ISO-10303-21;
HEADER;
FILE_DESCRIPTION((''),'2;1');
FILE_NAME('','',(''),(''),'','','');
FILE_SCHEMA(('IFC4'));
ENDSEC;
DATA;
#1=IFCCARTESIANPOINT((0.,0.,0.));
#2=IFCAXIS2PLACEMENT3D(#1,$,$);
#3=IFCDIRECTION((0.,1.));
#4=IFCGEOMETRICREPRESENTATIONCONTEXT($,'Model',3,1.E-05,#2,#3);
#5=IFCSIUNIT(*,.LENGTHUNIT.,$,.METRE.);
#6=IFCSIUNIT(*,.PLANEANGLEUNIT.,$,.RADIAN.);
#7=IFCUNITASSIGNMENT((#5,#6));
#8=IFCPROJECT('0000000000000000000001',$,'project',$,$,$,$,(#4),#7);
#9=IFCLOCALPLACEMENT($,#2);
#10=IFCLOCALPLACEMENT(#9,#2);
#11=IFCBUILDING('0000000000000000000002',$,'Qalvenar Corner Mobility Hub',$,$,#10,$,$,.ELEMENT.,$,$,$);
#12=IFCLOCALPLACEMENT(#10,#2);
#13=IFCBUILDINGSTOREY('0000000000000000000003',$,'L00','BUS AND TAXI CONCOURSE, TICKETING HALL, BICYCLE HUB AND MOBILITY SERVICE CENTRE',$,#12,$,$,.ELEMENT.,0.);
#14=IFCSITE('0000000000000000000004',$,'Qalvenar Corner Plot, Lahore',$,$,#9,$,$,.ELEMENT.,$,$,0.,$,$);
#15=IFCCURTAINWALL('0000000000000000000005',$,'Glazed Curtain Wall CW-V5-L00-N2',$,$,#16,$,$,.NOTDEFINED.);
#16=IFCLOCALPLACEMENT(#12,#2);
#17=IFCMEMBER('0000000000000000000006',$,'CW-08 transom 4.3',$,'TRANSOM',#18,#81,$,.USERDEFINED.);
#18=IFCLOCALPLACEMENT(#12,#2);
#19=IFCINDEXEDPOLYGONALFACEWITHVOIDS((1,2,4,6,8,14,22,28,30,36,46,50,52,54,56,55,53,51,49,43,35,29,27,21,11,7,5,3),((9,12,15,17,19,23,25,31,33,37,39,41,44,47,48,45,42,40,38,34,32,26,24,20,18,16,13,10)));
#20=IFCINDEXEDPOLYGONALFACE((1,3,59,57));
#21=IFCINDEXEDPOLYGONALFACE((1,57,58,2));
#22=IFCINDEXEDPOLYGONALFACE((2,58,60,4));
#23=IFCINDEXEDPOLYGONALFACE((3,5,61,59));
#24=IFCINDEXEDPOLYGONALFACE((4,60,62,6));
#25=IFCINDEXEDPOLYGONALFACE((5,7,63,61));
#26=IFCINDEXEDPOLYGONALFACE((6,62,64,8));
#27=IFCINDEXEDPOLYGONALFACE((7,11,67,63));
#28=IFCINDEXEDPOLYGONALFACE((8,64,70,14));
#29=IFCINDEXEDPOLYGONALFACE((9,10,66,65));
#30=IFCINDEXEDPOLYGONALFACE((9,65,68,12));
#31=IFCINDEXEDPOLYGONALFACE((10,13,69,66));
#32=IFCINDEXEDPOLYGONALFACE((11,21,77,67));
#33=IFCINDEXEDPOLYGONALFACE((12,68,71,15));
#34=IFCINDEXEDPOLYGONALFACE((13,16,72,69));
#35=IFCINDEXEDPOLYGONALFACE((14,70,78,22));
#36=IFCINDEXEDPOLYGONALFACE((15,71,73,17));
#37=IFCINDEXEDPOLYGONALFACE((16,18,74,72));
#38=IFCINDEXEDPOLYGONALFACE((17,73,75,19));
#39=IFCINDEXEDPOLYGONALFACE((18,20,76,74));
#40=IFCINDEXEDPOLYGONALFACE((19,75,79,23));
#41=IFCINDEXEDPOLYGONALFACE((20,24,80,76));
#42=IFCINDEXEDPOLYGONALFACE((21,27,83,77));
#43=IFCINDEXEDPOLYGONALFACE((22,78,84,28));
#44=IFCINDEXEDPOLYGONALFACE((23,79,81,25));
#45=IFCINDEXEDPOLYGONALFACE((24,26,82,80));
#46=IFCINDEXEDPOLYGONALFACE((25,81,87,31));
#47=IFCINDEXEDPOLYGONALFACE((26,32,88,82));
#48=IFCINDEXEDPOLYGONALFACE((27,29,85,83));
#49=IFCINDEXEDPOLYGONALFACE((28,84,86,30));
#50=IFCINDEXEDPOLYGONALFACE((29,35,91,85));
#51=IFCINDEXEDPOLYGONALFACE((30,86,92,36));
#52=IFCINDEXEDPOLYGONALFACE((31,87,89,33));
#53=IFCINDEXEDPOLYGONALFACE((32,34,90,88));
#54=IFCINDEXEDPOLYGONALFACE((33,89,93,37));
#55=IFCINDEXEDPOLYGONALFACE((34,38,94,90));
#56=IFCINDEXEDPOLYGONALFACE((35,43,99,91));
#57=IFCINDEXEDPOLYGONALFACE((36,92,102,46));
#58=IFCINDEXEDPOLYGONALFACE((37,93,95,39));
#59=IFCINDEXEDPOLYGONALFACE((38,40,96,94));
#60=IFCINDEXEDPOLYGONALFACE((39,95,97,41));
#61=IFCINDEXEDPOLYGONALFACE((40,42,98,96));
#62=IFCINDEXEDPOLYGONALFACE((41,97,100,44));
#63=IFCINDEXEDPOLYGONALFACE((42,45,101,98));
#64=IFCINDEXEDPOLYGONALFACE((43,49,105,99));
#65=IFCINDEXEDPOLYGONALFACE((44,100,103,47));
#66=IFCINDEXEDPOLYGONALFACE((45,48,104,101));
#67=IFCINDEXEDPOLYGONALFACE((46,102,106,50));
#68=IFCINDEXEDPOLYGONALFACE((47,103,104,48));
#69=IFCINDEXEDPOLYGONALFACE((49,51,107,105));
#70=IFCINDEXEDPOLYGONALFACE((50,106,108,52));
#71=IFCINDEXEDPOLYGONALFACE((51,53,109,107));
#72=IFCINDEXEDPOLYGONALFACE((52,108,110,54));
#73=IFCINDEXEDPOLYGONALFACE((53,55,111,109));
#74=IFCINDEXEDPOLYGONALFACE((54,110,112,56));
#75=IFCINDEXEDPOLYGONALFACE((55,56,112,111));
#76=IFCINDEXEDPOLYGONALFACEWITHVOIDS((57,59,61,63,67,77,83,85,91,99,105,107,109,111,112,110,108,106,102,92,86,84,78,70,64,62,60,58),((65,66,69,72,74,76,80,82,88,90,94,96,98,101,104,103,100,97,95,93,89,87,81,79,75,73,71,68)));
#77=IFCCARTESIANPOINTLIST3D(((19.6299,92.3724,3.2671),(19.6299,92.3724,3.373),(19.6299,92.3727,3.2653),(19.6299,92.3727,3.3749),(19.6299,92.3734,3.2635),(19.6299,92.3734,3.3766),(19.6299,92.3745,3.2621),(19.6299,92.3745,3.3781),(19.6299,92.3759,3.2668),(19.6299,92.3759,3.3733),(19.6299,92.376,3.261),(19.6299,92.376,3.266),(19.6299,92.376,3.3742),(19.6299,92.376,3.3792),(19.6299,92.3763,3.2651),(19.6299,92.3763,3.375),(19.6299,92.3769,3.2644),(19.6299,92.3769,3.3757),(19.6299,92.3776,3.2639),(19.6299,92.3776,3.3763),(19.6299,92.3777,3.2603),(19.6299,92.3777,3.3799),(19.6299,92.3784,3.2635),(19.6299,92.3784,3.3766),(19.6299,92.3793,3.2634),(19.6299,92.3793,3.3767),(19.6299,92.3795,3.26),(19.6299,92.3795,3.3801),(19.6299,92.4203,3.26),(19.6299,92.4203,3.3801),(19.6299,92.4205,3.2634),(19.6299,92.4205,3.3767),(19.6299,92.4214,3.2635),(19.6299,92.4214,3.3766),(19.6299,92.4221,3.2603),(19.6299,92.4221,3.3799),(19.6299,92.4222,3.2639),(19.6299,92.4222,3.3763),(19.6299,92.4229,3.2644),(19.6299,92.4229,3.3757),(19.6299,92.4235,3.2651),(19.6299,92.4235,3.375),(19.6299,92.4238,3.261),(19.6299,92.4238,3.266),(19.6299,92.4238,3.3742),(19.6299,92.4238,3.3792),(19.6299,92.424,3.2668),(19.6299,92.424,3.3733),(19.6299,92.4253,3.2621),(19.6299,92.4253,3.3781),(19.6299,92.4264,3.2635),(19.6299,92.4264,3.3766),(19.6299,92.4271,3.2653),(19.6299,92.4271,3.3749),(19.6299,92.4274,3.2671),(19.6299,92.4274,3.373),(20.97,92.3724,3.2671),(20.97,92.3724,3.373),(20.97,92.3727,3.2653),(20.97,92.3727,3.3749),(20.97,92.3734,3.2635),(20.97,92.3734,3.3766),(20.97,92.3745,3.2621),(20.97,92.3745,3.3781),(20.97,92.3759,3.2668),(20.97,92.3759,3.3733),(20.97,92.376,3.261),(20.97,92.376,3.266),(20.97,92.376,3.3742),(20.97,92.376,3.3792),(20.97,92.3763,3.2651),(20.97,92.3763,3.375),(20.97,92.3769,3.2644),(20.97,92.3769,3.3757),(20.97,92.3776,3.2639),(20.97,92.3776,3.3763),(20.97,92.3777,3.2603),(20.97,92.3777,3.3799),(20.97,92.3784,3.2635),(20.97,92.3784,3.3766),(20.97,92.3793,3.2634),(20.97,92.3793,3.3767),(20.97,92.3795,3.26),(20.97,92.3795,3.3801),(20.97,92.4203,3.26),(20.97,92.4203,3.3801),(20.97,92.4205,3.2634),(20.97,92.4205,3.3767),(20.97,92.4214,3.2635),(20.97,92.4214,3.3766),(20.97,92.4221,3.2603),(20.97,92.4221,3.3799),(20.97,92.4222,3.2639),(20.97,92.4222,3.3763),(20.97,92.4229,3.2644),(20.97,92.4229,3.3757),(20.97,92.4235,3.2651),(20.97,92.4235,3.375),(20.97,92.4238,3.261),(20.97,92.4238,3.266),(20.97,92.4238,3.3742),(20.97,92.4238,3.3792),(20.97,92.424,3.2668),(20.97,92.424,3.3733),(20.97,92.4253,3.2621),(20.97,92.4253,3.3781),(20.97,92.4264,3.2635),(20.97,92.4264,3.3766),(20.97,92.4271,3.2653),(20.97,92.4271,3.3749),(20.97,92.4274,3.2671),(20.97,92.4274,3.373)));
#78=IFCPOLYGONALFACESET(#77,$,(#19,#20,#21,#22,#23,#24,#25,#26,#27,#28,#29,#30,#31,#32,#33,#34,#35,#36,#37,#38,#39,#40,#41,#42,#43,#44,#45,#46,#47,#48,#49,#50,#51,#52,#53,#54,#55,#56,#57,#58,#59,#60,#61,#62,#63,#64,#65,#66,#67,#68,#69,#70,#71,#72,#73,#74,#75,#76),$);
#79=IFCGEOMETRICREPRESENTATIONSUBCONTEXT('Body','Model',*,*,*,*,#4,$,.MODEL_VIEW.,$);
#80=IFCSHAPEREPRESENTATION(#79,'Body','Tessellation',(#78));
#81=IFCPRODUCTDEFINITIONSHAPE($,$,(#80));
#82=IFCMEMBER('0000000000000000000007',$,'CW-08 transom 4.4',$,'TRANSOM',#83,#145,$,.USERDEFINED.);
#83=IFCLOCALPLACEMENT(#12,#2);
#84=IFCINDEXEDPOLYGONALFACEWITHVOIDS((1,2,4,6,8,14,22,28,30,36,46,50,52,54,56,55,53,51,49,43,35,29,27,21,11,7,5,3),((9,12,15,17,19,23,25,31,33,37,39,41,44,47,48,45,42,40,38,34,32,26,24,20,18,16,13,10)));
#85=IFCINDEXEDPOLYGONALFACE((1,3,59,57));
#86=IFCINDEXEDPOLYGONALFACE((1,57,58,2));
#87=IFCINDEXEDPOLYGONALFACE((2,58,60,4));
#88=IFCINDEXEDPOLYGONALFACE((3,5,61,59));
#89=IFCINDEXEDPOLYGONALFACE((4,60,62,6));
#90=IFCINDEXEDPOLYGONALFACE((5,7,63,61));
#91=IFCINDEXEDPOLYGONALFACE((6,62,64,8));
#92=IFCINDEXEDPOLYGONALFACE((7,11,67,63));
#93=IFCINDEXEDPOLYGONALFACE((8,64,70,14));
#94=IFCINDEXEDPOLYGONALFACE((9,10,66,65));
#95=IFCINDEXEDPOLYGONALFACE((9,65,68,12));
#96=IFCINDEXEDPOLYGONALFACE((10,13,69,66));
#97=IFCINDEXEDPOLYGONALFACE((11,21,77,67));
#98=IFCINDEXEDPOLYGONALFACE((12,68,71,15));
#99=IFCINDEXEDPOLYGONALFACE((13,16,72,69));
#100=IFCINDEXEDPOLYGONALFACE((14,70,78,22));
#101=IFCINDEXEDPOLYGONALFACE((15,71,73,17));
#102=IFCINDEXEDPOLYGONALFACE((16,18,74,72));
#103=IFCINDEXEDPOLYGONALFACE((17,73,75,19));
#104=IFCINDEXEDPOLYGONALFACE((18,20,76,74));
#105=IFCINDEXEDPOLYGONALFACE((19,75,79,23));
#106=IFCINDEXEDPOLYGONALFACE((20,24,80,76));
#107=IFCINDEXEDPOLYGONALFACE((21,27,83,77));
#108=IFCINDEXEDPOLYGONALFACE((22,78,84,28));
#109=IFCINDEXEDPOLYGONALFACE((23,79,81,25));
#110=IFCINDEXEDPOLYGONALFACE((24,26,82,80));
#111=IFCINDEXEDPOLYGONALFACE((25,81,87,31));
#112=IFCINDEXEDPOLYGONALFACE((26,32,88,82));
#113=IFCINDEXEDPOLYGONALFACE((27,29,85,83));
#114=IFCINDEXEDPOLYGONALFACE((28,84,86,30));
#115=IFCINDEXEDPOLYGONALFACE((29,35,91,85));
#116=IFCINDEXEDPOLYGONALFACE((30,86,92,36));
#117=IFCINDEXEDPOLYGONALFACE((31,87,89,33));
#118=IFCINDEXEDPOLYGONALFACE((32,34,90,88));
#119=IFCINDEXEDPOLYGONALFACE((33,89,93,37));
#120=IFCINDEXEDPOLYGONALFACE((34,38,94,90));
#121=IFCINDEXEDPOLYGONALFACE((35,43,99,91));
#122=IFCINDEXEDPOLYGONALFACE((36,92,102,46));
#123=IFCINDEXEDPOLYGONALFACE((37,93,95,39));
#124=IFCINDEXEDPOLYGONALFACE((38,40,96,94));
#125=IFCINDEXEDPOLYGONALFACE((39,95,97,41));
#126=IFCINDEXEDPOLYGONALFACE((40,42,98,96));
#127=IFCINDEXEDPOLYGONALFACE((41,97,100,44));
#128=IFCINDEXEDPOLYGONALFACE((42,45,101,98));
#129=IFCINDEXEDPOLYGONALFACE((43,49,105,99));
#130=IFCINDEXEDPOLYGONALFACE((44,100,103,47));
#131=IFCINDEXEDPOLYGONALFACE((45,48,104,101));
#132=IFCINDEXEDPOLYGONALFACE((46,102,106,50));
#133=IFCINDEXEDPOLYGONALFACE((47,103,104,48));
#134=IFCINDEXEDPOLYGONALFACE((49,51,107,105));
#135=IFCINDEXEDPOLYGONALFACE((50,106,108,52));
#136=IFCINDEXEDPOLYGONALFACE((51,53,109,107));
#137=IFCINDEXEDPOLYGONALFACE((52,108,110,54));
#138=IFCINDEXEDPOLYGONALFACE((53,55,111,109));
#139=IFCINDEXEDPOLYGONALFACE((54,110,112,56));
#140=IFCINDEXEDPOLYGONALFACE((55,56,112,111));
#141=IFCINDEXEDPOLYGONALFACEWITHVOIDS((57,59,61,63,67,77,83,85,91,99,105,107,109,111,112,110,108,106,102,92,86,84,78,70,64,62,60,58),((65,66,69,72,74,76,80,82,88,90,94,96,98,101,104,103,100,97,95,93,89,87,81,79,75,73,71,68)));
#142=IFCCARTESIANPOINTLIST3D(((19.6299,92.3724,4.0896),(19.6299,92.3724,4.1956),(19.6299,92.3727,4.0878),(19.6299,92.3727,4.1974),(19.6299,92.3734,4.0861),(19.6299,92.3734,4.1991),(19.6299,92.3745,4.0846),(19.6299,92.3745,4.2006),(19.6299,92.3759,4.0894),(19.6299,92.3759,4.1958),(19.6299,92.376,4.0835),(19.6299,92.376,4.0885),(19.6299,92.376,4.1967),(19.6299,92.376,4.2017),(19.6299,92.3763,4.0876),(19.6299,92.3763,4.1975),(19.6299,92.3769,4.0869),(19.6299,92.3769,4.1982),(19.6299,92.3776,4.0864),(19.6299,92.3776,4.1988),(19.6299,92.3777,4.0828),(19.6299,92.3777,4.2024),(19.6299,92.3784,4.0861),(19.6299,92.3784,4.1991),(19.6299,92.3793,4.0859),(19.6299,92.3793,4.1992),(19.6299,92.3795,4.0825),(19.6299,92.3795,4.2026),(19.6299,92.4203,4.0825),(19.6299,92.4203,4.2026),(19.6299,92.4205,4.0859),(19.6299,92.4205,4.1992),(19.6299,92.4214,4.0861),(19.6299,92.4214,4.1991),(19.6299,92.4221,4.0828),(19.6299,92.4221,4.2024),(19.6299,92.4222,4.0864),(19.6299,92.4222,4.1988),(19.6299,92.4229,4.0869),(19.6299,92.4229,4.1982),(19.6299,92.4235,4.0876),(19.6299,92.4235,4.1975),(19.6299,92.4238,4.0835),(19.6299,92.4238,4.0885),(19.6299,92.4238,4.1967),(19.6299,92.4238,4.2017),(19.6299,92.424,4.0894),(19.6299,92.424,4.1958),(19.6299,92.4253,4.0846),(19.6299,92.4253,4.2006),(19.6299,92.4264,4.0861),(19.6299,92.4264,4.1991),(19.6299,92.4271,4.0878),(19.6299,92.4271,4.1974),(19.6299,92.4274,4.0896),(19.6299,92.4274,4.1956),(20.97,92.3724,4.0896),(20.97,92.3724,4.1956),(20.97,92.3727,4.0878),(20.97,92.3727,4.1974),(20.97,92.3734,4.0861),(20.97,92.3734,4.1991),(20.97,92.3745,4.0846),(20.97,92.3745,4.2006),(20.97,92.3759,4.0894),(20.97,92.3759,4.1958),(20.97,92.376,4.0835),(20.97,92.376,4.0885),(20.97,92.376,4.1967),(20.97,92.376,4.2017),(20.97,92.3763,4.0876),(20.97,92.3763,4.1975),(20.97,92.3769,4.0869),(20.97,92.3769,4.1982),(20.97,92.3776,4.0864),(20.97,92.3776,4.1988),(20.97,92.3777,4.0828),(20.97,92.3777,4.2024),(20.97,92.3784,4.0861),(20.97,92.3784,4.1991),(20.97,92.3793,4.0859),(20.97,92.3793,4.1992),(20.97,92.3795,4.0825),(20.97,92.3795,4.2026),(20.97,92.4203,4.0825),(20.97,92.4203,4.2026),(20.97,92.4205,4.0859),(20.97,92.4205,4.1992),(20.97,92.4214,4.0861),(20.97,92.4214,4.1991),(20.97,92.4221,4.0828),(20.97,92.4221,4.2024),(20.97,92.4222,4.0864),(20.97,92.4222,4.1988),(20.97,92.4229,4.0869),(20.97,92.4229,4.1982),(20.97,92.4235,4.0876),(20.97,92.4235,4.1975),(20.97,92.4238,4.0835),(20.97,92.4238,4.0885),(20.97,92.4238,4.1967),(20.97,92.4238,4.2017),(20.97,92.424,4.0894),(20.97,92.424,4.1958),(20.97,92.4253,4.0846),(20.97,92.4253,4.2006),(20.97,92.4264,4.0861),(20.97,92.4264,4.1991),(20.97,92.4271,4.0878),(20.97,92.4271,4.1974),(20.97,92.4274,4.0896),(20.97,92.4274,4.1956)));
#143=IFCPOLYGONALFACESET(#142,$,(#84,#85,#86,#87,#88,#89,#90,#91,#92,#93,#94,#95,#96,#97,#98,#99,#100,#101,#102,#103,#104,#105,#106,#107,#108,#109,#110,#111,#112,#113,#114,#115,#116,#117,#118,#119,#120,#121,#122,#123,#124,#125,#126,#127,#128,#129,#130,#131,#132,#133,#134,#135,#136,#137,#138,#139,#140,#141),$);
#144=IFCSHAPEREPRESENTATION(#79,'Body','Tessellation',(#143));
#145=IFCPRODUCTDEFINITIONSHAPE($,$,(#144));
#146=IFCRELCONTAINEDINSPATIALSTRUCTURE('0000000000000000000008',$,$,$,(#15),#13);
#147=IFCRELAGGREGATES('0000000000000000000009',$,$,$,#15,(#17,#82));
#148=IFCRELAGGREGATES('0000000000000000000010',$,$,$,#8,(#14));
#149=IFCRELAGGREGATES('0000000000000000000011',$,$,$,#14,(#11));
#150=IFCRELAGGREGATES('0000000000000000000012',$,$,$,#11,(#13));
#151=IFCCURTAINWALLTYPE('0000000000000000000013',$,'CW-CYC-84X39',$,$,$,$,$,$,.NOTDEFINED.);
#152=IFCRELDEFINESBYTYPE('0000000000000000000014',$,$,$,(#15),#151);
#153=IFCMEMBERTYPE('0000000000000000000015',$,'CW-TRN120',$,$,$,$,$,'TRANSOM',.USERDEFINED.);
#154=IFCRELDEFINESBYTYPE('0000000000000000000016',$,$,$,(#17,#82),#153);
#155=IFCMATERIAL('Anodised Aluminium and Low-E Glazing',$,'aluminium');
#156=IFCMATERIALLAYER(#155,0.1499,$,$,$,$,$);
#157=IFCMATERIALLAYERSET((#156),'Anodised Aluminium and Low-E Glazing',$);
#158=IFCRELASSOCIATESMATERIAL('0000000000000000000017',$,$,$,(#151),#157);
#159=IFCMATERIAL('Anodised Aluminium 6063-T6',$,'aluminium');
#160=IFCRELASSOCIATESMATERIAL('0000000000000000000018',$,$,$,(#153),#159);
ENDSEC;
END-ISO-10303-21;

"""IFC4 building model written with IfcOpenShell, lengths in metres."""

from ifc_helpers import new_model, si_unit, direction, frame, origin, origin_2d, place, context, subcontext, project, spatial, hollow_rectangle, extrude, material, layer, layer_set, material_profile, profile_set, type_object, element, aggregate, save


model = new_model("IFC4")

# Units and contexts
model_context = context("Model", 3, precision=1e-05, world=origin(), true_north=direction((0.0, 1.0)))
body_context = subcontext(model_context, "Body", "Model", "MODEL_VIEW")
ifc_project = project(units=[si_unit("LENGTHUNIT", "METRE"), si_unit("PLANEANGLEUNIT", "RADIAN")], contexts=[model_context])

# Site, building, storey
site_placement = place(None, origin())
site = spatial("IfcSite", under=ifc_project, at=site_placement, Name="Qalvenar Corner Plot, Lahore", CompositionType="ELEMENT", RefElevation=0.0)
building_placement = place(site_placement, origin())
building = spatial("IfcBuilding", under=site, at=building_placement, Name="Qalvenar Corner Mobility Hub", CompositionType="ELEMENT")
storey_placement = place(building_placement, origin())
storey = spatial("IfcBuildingStorey", under=building, at=storey_placement, Name="L00", Description="BUS AND TAXI CONCOURSE, TICKETING HALL, BICYCLE HUB AND MOBILITY SERVICE CENTRE", CompositionType="ELEMENT", Elevation=0.0)

# Curtain wall, members
ifc_material_1 = material(Name="Anodised Aluminium and Low-E Glazing", Category="aluminium")
ifc_layer_1 = layer(ifc_material_1, 0.1499)
ifc_layer_set_1 = layer_set([ifc_layer_1], Name="Anodised Aluminium and Low-E Glazing")
curtain_wall_type = type_object("IfcCurtainWallType", Name="CW-CYC-84X39", PredefinedType="NOTDEFINED", material=ifc_layer_set_1)
curtain_wall_placement = place(storey_placement, origin())
curtain_wall = element("IfcCurtainWall", 1, at=curtain_wall_placement, inside=storey, type_object=curtain_wall_type, Name="Glazed Curtain Wall CW-V5-L00-N2", PredefinedType="NOTDEFINED")
ifc_material_2 = material(Name="Anodised Aluminium 6063-T6", Category="aluminium")
ifc_material_profile_1 = material_profile(ifc_material_2, hollow_rectangle(XDim=0.0549, YDim=0.1201, WallThickness=0.0034, InnerFilletRadius=0.0034, OuterFilletRadius=0.0071, at=origin_2d()), Name="RHS120x55x3.5")
ifc_profile_set_1 = profile_set([ifc_material_profile_1], Name="Anodised Aluminium 6063-T6")
member_type_1 = type_object("IfcMemberType", Name="CW-TRN120", ElementType="TRANSOM", PredefinedType="USERDEFINED", material=ifc_profile_set_1)
member_1_placement = place(storey_placement, frame((20.97, 92.3999, 3.3201), z_axis=(-1.0, 0.0, 0.0), x_axis=(0.0, -1.0, 0.0)))
member_1 = element("IfcMember", 2, at=member_1_placement, type_object=member_type_1, Name="CW-08 transom 4.3", ObjectType="TRANSOM", PredefinedType="USERDEFINED", context=body_context, shape_type="SweptSolid", body=[
    extrude(hollow_rectangle(XDim=0.0549, YDim=0.1201, WallThickness=0.0034, InnerFilletRadius=0.0034, OuterFilletRadius=0.0071, at=origin_2d()), origin(), (0.0, 0.0, 1.0), 1.3401),
])
member_2_placement = place(storey_placement, frame((20.97, 92.3999, 4.1426), z_axis=(-1.0, 0.0, 0.0), x_axis=(0.0, -1.0, 0.0)))
member_2 = element("IfcMember", 3, at=member_2_placement, type_object=member_type_1, Name="CW-08 transom 4.4", ObjectType="TRANSOM", PredefinedType="USERDEFINED", context=body_context, shape_type="SweptSolid", body=[
    extrude(hollow_rectangle(XDim=0.0549, YDim=0.1201, WallThickness=0.0034, InnerFilletRadius=0.0034, OuterFilletRadius=0.0071, at=origin_2d()), origin(), (0.0, 0.0, 1.0), 1.3401),
])
aggregate(curtain_wall, [member_1, member_2])

save(model, "model.ifc")
